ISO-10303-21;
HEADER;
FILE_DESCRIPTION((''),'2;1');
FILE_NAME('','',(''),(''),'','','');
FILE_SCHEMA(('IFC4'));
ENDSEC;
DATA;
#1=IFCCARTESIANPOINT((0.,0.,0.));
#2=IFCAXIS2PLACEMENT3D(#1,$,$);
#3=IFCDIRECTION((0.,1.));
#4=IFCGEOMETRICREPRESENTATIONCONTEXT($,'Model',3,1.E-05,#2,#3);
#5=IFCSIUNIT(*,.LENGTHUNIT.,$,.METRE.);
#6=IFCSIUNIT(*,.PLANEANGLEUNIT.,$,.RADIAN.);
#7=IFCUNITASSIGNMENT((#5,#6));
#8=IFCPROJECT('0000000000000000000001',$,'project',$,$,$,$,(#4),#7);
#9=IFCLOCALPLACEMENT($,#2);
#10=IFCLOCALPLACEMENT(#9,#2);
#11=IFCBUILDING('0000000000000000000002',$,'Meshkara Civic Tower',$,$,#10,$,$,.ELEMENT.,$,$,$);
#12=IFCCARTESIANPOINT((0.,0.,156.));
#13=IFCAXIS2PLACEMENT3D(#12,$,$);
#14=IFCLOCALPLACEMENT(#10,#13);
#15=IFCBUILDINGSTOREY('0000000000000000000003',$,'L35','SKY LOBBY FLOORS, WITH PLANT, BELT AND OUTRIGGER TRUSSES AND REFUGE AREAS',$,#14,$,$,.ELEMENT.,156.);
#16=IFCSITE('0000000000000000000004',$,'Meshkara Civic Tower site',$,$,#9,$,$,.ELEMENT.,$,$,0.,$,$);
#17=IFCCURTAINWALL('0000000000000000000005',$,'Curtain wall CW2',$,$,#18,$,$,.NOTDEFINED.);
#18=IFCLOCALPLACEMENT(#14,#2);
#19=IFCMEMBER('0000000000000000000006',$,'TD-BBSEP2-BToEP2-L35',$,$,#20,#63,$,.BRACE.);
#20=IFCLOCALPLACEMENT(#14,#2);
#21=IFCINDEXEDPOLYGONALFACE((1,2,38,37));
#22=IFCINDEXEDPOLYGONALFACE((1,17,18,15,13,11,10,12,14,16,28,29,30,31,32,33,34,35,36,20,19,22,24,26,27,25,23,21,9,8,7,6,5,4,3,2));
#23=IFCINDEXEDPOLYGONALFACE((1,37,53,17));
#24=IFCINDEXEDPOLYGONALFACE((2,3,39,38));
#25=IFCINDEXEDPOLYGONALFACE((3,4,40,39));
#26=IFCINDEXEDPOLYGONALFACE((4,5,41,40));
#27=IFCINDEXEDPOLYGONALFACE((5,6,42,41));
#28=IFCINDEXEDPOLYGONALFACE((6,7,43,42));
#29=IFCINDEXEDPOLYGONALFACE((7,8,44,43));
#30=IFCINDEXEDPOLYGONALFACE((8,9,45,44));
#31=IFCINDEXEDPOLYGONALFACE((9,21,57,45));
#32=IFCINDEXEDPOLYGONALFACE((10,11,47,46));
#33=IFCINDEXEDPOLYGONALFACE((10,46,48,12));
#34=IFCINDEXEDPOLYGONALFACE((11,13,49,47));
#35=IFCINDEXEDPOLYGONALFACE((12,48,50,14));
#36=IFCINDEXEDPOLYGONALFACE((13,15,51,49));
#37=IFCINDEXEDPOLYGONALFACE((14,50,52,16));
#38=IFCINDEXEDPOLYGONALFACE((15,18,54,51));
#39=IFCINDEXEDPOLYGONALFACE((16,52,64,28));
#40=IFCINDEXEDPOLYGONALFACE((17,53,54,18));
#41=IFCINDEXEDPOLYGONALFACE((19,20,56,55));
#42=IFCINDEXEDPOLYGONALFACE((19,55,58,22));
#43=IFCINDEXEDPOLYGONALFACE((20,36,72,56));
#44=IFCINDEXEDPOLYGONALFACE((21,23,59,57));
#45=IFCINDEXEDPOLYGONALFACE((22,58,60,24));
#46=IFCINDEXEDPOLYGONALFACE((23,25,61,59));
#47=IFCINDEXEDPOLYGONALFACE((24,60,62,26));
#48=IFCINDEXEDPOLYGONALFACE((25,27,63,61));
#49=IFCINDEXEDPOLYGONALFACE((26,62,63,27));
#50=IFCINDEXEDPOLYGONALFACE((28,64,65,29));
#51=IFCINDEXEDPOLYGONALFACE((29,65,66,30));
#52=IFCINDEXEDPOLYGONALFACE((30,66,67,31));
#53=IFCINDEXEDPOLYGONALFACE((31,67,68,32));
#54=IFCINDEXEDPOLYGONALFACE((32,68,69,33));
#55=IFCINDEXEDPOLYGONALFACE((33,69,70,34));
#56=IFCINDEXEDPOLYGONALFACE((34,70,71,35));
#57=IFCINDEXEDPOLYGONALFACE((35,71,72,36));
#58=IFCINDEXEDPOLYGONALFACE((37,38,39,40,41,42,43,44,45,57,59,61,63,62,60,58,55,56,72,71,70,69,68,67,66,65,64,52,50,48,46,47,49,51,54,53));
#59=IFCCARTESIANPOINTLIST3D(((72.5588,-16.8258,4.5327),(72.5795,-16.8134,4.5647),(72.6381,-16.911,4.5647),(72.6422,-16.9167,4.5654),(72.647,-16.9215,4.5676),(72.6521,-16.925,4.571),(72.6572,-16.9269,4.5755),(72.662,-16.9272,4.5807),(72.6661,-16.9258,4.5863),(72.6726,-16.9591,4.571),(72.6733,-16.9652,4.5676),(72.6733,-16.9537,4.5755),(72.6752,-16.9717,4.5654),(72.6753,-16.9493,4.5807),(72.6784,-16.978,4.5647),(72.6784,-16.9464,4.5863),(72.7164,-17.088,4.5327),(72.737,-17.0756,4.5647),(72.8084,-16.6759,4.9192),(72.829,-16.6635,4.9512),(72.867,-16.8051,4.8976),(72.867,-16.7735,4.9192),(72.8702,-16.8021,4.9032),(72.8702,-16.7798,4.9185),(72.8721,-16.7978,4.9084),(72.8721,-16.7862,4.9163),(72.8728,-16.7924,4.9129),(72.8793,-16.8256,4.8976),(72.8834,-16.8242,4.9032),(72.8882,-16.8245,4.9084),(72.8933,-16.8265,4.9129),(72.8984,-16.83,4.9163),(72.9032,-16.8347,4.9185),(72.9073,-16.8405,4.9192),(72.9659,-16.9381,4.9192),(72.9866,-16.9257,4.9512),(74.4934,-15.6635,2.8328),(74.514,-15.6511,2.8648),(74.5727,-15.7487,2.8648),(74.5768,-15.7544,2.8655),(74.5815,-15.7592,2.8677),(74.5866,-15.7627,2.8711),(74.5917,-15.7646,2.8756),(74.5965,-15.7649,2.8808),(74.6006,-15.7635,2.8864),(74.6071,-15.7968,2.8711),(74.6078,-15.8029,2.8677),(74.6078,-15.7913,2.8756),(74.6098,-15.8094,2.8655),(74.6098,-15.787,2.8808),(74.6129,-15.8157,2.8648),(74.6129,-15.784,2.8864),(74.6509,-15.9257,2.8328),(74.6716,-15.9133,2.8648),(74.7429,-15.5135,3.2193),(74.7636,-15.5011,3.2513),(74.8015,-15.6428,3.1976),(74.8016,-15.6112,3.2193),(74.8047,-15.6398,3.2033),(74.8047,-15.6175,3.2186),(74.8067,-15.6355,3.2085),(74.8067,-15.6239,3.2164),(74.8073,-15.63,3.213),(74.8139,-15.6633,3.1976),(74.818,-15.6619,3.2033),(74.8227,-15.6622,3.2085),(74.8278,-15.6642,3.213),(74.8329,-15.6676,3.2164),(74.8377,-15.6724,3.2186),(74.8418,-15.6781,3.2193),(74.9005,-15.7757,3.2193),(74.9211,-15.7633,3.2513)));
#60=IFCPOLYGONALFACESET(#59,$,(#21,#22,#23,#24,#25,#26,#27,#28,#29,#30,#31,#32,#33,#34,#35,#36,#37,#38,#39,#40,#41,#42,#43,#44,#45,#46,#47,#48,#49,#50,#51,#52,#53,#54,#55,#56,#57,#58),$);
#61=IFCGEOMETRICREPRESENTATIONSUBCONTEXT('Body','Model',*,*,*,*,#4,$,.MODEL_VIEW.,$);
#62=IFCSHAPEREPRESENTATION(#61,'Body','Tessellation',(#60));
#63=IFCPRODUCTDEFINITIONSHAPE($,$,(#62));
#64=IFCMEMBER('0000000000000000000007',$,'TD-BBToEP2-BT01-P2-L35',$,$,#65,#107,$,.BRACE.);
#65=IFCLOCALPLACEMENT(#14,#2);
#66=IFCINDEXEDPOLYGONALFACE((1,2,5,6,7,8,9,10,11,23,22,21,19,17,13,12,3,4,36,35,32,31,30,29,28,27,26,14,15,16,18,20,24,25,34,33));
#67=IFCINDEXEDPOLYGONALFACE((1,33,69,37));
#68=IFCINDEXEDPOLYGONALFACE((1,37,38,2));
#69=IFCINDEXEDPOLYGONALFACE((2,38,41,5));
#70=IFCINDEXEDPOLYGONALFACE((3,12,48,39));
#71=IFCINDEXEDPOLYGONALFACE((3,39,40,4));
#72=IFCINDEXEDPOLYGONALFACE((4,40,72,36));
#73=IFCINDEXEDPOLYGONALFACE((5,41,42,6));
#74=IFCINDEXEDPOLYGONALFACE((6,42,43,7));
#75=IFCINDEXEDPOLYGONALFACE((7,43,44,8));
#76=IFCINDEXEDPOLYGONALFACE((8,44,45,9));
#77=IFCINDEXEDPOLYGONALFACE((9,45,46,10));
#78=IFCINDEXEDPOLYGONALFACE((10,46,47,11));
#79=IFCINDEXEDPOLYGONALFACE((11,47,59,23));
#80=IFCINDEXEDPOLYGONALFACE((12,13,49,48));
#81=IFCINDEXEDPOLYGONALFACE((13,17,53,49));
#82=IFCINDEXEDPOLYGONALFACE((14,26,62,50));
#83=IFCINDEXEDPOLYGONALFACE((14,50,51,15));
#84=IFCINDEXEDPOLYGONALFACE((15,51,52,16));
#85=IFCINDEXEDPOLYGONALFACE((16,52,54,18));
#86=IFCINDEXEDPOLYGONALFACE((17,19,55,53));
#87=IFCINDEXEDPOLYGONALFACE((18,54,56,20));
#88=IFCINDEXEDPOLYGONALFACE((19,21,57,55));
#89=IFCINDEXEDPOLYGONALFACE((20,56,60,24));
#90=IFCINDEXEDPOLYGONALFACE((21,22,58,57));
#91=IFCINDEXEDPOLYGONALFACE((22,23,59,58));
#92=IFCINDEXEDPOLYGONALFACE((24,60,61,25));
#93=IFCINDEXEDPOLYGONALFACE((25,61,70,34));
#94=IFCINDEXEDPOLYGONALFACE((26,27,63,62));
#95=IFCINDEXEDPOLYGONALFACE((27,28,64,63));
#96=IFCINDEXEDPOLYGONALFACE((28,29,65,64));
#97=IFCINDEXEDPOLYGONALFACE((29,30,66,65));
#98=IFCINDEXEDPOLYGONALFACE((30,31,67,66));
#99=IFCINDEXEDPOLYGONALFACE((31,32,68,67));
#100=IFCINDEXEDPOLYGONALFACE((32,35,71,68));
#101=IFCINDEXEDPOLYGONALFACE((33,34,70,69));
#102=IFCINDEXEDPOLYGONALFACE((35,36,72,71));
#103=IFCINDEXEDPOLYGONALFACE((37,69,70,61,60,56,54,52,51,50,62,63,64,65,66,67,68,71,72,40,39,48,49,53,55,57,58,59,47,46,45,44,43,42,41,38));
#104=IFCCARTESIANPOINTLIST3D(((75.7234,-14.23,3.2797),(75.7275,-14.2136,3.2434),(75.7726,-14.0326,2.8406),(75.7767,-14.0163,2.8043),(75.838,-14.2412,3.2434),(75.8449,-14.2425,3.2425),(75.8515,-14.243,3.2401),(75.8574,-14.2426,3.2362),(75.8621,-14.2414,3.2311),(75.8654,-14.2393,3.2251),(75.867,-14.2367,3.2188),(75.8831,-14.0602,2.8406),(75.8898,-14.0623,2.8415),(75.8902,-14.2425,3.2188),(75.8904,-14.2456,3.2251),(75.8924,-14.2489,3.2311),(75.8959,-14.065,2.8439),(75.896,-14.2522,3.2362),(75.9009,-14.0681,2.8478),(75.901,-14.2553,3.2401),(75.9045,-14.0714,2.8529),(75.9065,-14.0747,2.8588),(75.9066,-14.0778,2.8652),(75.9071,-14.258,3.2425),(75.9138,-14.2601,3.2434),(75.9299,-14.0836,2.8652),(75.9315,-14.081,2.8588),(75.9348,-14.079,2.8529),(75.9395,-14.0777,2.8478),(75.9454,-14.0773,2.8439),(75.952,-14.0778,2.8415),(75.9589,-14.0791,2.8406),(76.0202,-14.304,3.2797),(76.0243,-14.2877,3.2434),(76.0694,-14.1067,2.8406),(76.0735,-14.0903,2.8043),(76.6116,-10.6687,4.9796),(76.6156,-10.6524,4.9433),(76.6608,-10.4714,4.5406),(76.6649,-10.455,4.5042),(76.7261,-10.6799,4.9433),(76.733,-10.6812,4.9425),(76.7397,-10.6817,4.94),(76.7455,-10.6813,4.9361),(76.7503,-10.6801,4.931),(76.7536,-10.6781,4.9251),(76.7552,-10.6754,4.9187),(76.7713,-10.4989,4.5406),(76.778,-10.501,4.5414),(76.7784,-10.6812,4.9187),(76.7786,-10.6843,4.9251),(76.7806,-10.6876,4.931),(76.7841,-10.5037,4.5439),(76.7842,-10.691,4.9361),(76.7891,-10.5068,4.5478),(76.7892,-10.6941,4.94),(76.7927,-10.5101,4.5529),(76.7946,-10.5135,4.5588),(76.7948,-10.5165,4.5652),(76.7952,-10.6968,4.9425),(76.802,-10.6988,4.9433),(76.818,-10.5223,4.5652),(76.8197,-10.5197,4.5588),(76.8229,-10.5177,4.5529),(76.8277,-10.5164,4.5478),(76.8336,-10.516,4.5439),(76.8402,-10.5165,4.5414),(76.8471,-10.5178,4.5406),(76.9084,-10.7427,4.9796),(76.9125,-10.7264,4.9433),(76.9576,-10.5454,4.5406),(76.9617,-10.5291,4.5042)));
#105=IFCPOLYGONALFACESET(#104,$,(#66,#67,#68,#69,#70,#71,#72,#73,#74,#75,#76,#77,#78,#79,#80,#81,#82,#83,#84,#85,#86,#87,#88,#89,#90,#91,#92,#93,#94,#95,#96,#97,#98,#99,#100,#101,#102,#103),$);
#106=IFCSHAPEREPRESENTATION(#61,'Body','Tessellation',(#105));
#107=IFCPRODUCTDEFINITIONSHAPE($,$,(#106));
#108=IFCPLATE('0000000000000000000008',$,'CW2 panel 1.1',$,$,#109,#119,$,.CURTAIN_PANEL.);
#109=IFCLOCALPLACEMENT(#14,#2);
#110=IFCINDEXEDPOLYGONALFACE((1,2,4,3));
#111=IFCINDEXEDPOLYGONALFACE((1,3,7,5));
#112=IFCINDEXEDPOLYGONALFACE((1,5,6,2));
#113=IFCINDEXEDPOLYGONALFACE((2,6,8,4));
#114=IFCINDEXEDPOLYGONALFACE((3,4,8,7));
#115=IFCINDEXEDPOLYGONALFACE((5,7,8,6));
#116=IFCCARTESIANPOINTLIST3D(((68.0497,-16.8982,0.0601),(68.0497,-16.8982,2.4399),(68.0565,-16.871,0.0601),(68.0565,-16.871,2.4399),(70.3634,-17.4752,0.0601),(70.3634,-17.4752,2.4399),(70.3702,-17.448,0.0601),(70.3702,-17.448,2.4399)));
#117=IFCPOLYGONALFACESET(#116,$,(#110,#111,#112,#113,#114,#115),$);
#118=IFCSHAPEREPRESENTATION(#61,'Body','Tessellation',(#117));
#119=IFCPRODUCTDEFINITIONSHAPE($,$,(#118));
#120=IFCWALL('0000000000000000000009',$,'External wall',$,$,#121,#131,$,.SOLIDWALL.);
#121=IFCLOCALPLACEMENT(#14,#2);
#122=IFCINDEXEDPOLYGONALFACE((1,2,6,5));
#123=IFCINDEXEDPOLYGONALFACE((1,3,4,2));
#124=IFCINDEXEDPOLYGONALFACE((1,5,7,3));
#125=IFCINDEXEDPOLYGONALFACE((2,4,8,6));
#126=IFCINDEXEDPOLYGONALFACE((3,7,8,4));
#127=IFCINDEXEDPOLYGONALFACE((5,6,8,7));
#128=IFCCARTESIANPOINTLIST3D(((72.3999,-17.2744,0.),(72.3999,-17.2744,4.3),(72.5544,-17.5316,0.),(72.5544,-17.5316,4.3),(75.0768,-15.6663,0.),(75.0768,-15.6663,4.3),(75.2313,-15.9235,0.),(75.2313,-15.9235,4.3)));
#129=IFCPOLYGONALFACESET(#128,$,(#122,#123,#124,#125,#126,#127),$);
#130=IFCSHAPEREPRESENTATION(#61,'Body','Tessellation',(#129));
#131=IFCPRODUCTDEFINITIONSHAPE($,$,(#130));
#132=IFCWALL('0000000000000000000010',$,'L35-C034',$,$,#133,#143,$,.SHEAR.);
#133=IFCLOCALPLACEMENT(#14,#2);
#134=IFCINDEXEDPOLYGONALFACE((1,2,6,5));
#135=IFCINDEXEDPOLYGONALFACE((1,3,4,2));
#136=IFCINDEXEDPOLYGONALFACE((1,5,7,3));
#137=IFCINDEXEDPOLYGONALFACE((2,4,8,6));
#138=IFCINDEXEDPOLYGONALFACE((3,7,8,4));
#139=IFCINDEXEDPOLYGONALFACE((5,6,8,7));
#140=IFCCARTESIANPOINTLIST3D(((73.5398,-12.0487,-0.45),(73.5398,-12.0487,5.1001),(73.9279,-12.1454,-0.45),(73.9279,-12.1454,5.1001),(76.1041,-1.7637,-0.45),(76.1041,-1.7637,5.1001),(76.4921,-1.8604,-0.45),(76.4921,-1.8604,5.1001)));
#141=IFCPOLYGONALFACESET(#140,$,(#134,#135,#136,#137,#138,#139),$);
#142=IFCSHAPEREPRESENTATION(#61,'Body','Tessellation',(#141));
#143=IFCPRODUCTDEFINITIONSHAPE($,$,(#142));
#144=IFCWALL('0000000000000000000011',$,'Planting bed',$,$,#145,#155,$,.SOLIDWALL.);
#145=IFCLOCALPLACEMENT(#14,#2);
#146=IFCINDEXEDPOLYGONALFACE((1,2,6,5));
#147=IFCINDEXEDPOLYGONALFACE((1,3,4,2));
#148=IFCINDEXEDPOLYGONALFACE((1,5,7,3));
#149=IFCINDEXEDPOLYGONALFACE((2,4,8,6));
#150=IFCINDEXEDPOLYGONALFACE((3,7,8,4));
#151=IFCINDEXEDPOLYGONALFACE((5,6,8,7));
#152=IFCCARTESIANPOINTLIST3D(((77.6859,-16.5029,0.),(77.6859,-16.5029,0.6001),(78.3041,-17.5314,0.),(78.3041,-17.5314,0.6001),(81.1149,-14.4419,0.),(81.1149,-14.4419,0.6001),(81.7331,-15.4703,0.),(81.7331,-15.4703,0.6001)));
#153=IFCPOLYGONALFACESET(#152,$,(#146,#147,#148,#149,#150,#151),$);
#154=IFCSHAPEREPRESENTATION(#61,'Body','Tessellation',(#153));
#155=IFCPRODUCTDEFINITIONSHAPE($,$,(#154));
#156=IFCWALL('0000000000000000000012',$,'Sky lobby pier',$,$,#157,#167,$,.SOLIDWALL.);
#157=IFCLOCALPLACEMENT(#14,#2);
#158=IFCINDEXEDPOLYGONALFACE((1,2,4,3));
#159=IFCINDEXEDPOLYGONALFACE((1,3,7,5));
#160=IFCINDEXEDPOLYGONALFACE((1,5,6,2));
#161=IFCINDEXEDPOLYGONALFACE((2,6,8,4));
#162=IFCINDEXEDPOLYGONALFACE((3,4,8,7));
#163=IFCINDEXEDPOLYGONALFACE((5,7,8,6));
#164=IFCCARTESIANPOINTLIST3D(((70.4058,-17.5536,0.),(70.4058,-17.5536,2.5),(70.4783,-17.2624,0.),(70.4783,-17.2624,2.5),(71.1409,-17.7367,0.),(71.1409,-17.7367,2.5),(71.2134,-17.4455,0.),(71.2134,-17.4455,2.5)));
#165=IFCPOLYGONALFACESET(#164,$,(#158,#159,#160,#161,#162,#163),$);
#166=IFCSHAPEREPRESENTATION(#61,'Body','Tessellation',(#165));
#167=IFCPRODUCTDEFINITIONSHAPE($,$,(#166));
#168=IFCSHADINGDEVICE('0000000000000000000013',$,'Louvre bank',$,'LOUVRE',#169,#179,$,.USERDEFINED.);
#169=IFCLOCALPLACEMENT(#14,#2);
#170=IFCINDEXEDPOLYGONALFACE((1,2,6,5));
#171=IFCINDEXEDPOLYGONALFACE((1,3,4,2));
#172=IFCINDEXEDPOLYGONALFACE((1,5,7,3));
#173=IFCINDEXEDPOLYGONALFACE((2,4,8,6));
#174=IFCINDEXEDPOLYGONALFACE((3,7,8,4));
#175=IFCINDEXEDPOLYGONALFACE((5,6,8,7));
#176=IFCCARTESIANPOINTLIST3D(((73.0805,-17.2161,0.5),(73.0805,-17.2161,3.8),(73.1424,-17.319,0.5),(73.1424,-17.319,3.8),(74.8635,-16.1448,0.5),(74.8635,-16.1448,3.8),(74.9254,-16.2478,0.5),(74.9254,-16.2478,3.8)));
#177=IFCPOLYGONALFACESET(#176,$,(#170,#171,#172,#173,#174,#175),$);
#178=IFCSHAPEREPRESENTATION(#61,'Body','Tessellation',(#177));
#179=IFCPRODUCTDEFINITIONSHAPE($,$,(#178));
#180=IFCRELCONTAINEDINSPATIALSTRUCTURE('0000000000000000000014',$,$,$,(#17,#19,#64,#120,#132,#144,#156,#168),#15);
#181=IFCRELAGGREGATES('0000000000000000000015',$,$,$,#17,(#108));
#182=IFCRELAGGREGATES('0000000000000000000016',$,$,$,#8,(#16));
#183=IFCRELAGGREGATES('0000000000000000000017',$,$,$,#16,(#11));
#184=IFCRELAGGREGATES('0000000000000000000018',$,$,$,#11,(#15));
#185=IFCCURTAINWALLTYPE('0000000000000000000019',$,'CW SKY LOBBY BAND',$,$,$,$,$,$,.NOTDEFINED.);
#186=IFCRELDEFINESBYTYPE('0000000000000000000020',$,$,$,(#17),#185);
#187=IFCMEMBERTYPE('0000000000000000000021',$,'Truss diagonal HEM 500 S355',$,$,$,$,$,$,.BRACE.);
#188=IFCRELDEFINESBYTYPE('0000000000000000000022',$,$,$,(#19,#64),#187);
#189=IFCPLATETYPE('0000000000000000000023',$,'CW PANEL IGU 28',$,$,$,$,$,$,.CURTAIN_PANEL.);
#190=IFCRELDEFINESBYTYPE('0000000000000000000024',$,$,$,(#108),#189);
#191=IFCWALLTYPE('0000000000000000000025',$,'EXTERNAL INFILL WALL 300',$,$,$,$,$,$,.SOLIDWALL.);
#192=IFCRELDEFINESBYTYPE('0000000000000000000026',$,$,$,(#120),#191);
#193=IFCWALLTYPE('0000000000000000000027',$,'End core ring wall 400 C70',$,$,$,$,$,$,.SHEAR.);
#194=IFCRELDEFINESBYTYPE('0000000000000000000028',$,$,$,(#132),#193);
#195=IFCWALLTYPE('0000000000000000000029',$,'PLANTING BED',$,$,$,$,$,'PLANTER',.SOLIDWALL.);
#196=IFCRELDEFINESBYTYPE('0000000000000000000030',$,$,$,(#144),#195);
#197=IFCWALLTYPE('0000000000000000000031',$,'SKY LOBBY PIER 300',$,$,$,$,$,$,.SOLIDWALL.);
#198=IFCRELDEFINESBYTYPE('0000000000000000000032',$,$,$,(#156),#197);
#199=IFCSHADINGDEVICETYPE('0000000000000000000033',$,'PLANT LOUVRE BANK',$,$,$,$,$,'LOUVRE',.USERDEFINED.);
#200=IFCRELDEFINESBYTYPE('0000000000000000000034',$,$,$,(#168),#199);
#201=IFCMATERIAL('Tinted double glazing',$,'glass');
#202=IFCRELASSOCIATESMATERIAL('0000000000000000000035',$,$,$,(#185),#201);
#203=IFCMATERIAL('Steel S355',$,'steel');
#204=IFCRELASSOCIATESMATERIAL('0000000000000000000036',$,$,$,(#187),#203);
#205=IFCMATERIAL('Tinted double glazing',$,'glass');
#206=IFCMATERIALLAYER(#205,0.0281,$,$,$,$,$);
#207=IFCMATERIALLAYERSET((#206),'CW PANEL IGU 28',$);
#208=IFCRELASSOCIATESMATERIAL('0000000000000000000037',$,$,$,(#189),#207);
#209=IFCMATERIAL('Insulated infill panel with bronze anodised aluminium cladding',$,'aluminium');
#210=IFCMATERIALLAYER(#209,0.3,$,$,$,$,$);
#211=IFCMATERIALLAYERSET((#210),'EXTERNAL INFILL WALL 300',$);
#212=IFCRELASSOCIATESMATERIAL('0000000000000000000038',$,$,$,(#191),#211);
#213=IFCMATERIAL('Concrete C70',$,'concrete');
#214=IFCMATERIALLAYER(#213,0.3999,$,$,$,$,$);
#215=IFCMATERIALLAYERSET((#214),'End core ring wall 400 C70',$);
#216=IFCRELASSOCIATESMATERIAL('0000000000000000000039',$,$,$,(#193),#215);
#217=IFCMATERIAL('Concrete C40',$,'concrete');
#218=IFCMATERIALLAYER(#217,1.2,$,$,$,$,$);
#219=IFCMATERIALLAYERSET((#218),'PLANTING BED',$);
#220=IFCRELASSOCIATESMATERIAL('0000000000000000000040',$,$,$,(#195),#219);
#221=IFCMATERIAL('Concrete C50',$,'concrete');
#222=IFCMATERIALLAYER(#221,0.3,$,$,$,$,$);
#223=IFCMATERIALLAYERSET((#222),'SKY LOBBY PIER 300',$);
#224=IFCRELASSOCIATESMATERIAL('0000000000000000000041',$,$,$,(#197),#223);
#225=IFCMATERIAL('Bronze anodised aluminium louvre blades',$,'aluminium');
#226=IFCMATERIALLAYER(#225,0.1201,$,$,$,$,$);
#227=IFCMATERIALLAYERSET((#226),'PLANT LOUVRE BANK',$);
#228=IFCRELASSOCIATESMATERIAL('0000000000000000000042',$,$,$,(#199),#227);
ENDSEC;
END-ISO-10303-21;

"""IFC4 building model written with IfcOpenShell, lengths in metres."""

from ifc_helpers import new_model, si_unit, direction, frame, frame_2d, origin, origin_2d, place, context, subcontext, project, spatial, rectangle, i_section, extrude, material, layer, layer_set, material_profile, profile_set, type_object, element, aggregate, save


model = new_model("IFC4")

# Units and contexts
model_context = context("Model", 3, precision=1e-05, world=origin(), true_north=direction((0.0, 1.0)))
body_context = subcontext(model_context, "Body", "Model", "MODEL_VIEW")
ifc_project = project(units=[si_unit("LENGTHUNIT", "METRE"), si_unit("PLANEANGLEUNIT", "RADIAN")], contexts=[model_context])

# Site, building, storey
site_placement = place(None, origin())
site = spatial("IfcSite", under=ifc_project, at=site_placement, Name="Meshkara Civic Tower site", CompositionType="ELEMENT", RefElevation=0.0)
building_placement = place(site_placement, origin())
building = spatial("IfcBuilding", under=site, at=building_placement, Name="Meshkara Civic Tower", CompositionType="ELEMENT")
storey_placement = place(building_placement, frame((0.0, 0.0, 156.0)))
storey = spatial("IfcBuildingStorey", under=building, at=storey_placement, Name="L35", Description="SKY LOBBY FLOORS, WITH PLANT, BELT AND OUTRIGGER TRUSSES AND REFUGE AREAS", CompositionType="ELEMENT", Elevation=156.0)

# Curtain wall
ifc_material_1 = material(Name="Tinted double glazing", Category="glass")
curtain_wall_type = type_object("IfcCurtainWallType", Name="CW SKY LOBBY BAND", PredefinedType="NOTDEFINED", material=ifc_material_1)
curtain_wall_placement = place(storey_placement, origin())
curtain_wall = element("IfcCurtainWall", 1, at=curtain_wall_placement, inside=storey, type_object=curtain_wall_type, Name="Curtain wall CW2", PredefinedType="NOTDEFINED")

# Members
ifc_material_2 = material(Name="Steel S355", Category="steel")
ifc_material_profile_1 = material_profile(ifc_material_2, i_section(OverallWidth=0.3059, OverallDepth=0.5239, WebThickness=0.0239, FlangeThickness=0.04, FilletRadius=0.0271, at=origin_2d()))
ifc_profile_set_1 = profile_set([ifc_material_profile_1], Name="Steel S355")
member_type_1 = type_object("IfcMemberType", Name="Truss diagonal HEM 500 S355", PredefinedType="BRACE", material=ifc_profile_set_1)
member_1_placement = place(storey_placement, frame((72.7727, -16.8757, 4.7419), z_axis=(0.684682, 0.411379, -0.601646), x_axis=(-0.515021, 0.857178, 0.0)))
element("IfcMember", 2, at=member_1_placement, inside=storey, type_object=member_type_1, Name="TD-BBSEP2-BToEP2-L35", PredefinedType="BRACE", context=body_context, shape_type="SweptSolid", body=[
    extrude(i_section(OverallWidth=0.3059, OverallDepth=0.5239, WebThickness=0.0239, FlangeThickness=0.04, FilletRadius=0.0271, at=origin_2d()), origin(), (0.0, 0.0, 1.0), 2.8254),
])
member_2_placement = place(storey_placement, frame((75.8984, -14.1602, 3.042), z_axis=(0.21958, 0.880432, 0.420268), x_axis=(-0.970279, 0.241988, 0.0)))
element("IfcMember", 3, at=member_2_placement, inside=storey, type_object=member_type_1, Name="TD-BBToEP2-BT01-P2-L35", PredefinedType="BRACE", context=body_context, shape_type="SweptSolid", body=[
    extrude(i_section(OverallWidth=0.3059, OverallDepth=0.5239, WebThickness=0.0239, FlangeThickness=0.04, FilletRadius=0.0271, at=origin_2d()), origin(), (0.0, 0.0, 1.0), 4.0449),
])

# Plate
ifc_material_3 = material(Name="Tinted double glazing", Category="glass")
ifc_layer_1 = layer(ifc_material_3, 0.0281)
ifc_layer_set_1 = layer_set([ifc_layer_1], Name="CW PANEL IGU 28")
plate_type = type_object("IfcPlateType", Name="CW PANEL IGU 28", PredefinedType="CURTAIN_PANEL", material=ifc_layer_set_1)
plate_placement = place(storey_placement, frame((69.21, -17.1731, 0.0601), z_axis=(0.0, 0.0, 1.0), x_axis=(0.970283, -0.241972, 0.0)))
plate = element("IfcPlate", 4, at=plate_placement, type_object=plate_type, Name="CW2 panel 1.1", PredefinedType="CURTAIN_PANEL", context=body_context, shape_type="SweptSolid", body=[
    extrude(rectangle(XDim=2.3845, YDim=0.0281, at=origin_2d()), origin(), (0.0, 0.0, 1.0), 2.3799),
])
aggregate(curtain_wall, [plate])

# Wall
ifc_material_4 = material(Name="Insulated infill panel with bronze anodised aluminium cladding", Category="aluminium")
ifc_layer_2 = layer(ifc_material_4, 0.3)
ifc_layer_set_2 = layer_set([ifc_layer_2], Name="EXTERNAL INFILL WALL 300")
wall_type_1 = type_object("IfcWallType", Name="EXTERNAL INFILL WALL 300", PredefinedType="SOLIDWALL", material=ifc_layer_set_2)
wall_1_placement = place(storey_placement, frame((72.4771, -17.4031, 0.0), z_axis=(0.0, 0.0, 1.0), x_axis=(0.857217, 0.514956, 0.0)))
element("IfcWall", 5, at=wall_1_placement, inside=storey, type_object=wall_type_1, Name="External wall", PredefinedType="SOLIDWALL", context=body_context, shape_type="SweptSolid", body=[
    extrude(rectangle(XDim=3.1228, YDim=0.3, at=frame_2d((1.5615, 0.0))), origin(), (0.0, 0.0, 1.0), 4.3),
])

# Walls
ifc_material_5 = material(Name="Concrete C70", Category="concrete")
ifc_layer_3 = layer(ifc_material_5, 0.3999)
ifc_layer_set_3 = layer_set([ifc_layer_3], Name="End core ring wall 400 C70")
wall_type_2 = type_object("IfcWallType", Name="End core ring wall 400 C70", PredefinedType="SHEAR", material=ifc_layer_set_3)
wall_2_placement = place(storey_placement, frame((73.7339, -12.0969, -0.45), z_axis=(0.0, 0.0, 1.0), x_axis=(0.241912, 0.970298, 0.0)))
element("IfcWall", 6, at=wall_2_placement, inside=storey, type_object=wall_type_2, Name="L35-C034", PredefinedType="SHEAR", context=body_context, shape_type="SweptSolid", body=[
    extrude(rectangle(XDim=10.5999, YDim=0.3999, at=frame_2d((5.2998, 0.0))), origin(), (0.0, 0.0, 1.0), 5.55),
])
ifc_material_6 = material(Name="Concrete C40", Category="concrete")
ifc_layer_4 = layer(ifc_material_6, 1.2)
ifc_layer_set_4 = layer_set([ifc_layer_4], Name="PLANTING BED")
wall_type_3 = type_object("IfcWallType", Name="PLANTING BED", ElementType="PLANTER", PredefinedType="SOLIDWALL", material=ifc_layer_set_4)
wall_3_placement = place(storey_placement, frame((81.4241, -14.9561, 0.0), z_axis=(0.0, 0.0, 1.0), x_axis=(-0.857089, -0.515169, 0.0)))
element("IfcWall", 7, at=wall_3_placement, inside=storey, type_object=wall_type_3, Name="Planting bed", PredefinedType="SOLIDWALL", context=body_context, shape_type="SweptSolid", body=[
    extrude(rectangle(XDim=4.0007, YDim=1.2, at=frame_2d((2.0005, 0.0))), origin(), (0.0, 0.0, 1.0), 0.6001),
])
ifc_material_7 = material(Name="Concrete C50", Category="concrete")
ifc_layer_5 = layer(ifc_material_7, 0.3)
ifc_layer_set_5 = layer_set([ifc_layer_5], Name="SKY LOBBY PIER 300")
wall_type_4 = type_object("IfcWallType", Name="SKY LOBBY PIER 300", PredefinedType="SOLIDWALL", material=ifc_layer_set_5)
wall_4_placement = place(storey_placement, frame((70.4419, -17.408, 0.0), z_axis=(0.0, 0.0, 1.0), x_axis=(0.970351, -0.241701, 0.0)))
element("IfcWall", 8, at=wall_4_placement, inside=storey, type_object=wall_type_4, Name="Sky lobby pier", PredefinedType="SOLIDWALL", context=body_context, shape_type="SweptSolid", body=[
    extrude(rectangle(XDim=0.7576, YDim=0.3, at=frame_2d((0.3789, 0.0))), origin(), (0.0, 0.0, 1.0), 2.5),
])

# Shading device
ifc_material_8 = material(Name="Bronze anodised aluminium louvre blades", Category="aluminium")
ifc_layer_6 = layer(ifc_material_8, 0.1201)
ifc_layer_set_6 = layer_set([ifc_layer_6], Name="PLANT LOUVRE BANK")
shading_device_type = type_object("IfcShadingDeviceType", Name="PLANT LOUVRE BANK", ElementType="LOUVRE", PredefinedType="USERDEFINED", material=ifc_layer_set_6)
shading_device_placement = place(storey_placement, frame((74.0029, -16.7319, 0.5), z_axis=(0.0, 0.0, 1.0), x_axis=(0.857185, 0.515008, 0.0)))
element("IfcShadingDevice", 9, at=shading_device_placement, inside=storey, type_object=shading_device_type, Name="Louvre bank", ObjectType="LOUVRE", PredefinedType="USERDEFINED", context=body_context, shape_type="SweptSolid", body=[
    extrude(rectangle(XDim=2.0801, YDim=0.1201, at=origin_2d()), origin(), (0.0, 0.0, 1.0), 3.3),
])

save(model, "model.ifc")
